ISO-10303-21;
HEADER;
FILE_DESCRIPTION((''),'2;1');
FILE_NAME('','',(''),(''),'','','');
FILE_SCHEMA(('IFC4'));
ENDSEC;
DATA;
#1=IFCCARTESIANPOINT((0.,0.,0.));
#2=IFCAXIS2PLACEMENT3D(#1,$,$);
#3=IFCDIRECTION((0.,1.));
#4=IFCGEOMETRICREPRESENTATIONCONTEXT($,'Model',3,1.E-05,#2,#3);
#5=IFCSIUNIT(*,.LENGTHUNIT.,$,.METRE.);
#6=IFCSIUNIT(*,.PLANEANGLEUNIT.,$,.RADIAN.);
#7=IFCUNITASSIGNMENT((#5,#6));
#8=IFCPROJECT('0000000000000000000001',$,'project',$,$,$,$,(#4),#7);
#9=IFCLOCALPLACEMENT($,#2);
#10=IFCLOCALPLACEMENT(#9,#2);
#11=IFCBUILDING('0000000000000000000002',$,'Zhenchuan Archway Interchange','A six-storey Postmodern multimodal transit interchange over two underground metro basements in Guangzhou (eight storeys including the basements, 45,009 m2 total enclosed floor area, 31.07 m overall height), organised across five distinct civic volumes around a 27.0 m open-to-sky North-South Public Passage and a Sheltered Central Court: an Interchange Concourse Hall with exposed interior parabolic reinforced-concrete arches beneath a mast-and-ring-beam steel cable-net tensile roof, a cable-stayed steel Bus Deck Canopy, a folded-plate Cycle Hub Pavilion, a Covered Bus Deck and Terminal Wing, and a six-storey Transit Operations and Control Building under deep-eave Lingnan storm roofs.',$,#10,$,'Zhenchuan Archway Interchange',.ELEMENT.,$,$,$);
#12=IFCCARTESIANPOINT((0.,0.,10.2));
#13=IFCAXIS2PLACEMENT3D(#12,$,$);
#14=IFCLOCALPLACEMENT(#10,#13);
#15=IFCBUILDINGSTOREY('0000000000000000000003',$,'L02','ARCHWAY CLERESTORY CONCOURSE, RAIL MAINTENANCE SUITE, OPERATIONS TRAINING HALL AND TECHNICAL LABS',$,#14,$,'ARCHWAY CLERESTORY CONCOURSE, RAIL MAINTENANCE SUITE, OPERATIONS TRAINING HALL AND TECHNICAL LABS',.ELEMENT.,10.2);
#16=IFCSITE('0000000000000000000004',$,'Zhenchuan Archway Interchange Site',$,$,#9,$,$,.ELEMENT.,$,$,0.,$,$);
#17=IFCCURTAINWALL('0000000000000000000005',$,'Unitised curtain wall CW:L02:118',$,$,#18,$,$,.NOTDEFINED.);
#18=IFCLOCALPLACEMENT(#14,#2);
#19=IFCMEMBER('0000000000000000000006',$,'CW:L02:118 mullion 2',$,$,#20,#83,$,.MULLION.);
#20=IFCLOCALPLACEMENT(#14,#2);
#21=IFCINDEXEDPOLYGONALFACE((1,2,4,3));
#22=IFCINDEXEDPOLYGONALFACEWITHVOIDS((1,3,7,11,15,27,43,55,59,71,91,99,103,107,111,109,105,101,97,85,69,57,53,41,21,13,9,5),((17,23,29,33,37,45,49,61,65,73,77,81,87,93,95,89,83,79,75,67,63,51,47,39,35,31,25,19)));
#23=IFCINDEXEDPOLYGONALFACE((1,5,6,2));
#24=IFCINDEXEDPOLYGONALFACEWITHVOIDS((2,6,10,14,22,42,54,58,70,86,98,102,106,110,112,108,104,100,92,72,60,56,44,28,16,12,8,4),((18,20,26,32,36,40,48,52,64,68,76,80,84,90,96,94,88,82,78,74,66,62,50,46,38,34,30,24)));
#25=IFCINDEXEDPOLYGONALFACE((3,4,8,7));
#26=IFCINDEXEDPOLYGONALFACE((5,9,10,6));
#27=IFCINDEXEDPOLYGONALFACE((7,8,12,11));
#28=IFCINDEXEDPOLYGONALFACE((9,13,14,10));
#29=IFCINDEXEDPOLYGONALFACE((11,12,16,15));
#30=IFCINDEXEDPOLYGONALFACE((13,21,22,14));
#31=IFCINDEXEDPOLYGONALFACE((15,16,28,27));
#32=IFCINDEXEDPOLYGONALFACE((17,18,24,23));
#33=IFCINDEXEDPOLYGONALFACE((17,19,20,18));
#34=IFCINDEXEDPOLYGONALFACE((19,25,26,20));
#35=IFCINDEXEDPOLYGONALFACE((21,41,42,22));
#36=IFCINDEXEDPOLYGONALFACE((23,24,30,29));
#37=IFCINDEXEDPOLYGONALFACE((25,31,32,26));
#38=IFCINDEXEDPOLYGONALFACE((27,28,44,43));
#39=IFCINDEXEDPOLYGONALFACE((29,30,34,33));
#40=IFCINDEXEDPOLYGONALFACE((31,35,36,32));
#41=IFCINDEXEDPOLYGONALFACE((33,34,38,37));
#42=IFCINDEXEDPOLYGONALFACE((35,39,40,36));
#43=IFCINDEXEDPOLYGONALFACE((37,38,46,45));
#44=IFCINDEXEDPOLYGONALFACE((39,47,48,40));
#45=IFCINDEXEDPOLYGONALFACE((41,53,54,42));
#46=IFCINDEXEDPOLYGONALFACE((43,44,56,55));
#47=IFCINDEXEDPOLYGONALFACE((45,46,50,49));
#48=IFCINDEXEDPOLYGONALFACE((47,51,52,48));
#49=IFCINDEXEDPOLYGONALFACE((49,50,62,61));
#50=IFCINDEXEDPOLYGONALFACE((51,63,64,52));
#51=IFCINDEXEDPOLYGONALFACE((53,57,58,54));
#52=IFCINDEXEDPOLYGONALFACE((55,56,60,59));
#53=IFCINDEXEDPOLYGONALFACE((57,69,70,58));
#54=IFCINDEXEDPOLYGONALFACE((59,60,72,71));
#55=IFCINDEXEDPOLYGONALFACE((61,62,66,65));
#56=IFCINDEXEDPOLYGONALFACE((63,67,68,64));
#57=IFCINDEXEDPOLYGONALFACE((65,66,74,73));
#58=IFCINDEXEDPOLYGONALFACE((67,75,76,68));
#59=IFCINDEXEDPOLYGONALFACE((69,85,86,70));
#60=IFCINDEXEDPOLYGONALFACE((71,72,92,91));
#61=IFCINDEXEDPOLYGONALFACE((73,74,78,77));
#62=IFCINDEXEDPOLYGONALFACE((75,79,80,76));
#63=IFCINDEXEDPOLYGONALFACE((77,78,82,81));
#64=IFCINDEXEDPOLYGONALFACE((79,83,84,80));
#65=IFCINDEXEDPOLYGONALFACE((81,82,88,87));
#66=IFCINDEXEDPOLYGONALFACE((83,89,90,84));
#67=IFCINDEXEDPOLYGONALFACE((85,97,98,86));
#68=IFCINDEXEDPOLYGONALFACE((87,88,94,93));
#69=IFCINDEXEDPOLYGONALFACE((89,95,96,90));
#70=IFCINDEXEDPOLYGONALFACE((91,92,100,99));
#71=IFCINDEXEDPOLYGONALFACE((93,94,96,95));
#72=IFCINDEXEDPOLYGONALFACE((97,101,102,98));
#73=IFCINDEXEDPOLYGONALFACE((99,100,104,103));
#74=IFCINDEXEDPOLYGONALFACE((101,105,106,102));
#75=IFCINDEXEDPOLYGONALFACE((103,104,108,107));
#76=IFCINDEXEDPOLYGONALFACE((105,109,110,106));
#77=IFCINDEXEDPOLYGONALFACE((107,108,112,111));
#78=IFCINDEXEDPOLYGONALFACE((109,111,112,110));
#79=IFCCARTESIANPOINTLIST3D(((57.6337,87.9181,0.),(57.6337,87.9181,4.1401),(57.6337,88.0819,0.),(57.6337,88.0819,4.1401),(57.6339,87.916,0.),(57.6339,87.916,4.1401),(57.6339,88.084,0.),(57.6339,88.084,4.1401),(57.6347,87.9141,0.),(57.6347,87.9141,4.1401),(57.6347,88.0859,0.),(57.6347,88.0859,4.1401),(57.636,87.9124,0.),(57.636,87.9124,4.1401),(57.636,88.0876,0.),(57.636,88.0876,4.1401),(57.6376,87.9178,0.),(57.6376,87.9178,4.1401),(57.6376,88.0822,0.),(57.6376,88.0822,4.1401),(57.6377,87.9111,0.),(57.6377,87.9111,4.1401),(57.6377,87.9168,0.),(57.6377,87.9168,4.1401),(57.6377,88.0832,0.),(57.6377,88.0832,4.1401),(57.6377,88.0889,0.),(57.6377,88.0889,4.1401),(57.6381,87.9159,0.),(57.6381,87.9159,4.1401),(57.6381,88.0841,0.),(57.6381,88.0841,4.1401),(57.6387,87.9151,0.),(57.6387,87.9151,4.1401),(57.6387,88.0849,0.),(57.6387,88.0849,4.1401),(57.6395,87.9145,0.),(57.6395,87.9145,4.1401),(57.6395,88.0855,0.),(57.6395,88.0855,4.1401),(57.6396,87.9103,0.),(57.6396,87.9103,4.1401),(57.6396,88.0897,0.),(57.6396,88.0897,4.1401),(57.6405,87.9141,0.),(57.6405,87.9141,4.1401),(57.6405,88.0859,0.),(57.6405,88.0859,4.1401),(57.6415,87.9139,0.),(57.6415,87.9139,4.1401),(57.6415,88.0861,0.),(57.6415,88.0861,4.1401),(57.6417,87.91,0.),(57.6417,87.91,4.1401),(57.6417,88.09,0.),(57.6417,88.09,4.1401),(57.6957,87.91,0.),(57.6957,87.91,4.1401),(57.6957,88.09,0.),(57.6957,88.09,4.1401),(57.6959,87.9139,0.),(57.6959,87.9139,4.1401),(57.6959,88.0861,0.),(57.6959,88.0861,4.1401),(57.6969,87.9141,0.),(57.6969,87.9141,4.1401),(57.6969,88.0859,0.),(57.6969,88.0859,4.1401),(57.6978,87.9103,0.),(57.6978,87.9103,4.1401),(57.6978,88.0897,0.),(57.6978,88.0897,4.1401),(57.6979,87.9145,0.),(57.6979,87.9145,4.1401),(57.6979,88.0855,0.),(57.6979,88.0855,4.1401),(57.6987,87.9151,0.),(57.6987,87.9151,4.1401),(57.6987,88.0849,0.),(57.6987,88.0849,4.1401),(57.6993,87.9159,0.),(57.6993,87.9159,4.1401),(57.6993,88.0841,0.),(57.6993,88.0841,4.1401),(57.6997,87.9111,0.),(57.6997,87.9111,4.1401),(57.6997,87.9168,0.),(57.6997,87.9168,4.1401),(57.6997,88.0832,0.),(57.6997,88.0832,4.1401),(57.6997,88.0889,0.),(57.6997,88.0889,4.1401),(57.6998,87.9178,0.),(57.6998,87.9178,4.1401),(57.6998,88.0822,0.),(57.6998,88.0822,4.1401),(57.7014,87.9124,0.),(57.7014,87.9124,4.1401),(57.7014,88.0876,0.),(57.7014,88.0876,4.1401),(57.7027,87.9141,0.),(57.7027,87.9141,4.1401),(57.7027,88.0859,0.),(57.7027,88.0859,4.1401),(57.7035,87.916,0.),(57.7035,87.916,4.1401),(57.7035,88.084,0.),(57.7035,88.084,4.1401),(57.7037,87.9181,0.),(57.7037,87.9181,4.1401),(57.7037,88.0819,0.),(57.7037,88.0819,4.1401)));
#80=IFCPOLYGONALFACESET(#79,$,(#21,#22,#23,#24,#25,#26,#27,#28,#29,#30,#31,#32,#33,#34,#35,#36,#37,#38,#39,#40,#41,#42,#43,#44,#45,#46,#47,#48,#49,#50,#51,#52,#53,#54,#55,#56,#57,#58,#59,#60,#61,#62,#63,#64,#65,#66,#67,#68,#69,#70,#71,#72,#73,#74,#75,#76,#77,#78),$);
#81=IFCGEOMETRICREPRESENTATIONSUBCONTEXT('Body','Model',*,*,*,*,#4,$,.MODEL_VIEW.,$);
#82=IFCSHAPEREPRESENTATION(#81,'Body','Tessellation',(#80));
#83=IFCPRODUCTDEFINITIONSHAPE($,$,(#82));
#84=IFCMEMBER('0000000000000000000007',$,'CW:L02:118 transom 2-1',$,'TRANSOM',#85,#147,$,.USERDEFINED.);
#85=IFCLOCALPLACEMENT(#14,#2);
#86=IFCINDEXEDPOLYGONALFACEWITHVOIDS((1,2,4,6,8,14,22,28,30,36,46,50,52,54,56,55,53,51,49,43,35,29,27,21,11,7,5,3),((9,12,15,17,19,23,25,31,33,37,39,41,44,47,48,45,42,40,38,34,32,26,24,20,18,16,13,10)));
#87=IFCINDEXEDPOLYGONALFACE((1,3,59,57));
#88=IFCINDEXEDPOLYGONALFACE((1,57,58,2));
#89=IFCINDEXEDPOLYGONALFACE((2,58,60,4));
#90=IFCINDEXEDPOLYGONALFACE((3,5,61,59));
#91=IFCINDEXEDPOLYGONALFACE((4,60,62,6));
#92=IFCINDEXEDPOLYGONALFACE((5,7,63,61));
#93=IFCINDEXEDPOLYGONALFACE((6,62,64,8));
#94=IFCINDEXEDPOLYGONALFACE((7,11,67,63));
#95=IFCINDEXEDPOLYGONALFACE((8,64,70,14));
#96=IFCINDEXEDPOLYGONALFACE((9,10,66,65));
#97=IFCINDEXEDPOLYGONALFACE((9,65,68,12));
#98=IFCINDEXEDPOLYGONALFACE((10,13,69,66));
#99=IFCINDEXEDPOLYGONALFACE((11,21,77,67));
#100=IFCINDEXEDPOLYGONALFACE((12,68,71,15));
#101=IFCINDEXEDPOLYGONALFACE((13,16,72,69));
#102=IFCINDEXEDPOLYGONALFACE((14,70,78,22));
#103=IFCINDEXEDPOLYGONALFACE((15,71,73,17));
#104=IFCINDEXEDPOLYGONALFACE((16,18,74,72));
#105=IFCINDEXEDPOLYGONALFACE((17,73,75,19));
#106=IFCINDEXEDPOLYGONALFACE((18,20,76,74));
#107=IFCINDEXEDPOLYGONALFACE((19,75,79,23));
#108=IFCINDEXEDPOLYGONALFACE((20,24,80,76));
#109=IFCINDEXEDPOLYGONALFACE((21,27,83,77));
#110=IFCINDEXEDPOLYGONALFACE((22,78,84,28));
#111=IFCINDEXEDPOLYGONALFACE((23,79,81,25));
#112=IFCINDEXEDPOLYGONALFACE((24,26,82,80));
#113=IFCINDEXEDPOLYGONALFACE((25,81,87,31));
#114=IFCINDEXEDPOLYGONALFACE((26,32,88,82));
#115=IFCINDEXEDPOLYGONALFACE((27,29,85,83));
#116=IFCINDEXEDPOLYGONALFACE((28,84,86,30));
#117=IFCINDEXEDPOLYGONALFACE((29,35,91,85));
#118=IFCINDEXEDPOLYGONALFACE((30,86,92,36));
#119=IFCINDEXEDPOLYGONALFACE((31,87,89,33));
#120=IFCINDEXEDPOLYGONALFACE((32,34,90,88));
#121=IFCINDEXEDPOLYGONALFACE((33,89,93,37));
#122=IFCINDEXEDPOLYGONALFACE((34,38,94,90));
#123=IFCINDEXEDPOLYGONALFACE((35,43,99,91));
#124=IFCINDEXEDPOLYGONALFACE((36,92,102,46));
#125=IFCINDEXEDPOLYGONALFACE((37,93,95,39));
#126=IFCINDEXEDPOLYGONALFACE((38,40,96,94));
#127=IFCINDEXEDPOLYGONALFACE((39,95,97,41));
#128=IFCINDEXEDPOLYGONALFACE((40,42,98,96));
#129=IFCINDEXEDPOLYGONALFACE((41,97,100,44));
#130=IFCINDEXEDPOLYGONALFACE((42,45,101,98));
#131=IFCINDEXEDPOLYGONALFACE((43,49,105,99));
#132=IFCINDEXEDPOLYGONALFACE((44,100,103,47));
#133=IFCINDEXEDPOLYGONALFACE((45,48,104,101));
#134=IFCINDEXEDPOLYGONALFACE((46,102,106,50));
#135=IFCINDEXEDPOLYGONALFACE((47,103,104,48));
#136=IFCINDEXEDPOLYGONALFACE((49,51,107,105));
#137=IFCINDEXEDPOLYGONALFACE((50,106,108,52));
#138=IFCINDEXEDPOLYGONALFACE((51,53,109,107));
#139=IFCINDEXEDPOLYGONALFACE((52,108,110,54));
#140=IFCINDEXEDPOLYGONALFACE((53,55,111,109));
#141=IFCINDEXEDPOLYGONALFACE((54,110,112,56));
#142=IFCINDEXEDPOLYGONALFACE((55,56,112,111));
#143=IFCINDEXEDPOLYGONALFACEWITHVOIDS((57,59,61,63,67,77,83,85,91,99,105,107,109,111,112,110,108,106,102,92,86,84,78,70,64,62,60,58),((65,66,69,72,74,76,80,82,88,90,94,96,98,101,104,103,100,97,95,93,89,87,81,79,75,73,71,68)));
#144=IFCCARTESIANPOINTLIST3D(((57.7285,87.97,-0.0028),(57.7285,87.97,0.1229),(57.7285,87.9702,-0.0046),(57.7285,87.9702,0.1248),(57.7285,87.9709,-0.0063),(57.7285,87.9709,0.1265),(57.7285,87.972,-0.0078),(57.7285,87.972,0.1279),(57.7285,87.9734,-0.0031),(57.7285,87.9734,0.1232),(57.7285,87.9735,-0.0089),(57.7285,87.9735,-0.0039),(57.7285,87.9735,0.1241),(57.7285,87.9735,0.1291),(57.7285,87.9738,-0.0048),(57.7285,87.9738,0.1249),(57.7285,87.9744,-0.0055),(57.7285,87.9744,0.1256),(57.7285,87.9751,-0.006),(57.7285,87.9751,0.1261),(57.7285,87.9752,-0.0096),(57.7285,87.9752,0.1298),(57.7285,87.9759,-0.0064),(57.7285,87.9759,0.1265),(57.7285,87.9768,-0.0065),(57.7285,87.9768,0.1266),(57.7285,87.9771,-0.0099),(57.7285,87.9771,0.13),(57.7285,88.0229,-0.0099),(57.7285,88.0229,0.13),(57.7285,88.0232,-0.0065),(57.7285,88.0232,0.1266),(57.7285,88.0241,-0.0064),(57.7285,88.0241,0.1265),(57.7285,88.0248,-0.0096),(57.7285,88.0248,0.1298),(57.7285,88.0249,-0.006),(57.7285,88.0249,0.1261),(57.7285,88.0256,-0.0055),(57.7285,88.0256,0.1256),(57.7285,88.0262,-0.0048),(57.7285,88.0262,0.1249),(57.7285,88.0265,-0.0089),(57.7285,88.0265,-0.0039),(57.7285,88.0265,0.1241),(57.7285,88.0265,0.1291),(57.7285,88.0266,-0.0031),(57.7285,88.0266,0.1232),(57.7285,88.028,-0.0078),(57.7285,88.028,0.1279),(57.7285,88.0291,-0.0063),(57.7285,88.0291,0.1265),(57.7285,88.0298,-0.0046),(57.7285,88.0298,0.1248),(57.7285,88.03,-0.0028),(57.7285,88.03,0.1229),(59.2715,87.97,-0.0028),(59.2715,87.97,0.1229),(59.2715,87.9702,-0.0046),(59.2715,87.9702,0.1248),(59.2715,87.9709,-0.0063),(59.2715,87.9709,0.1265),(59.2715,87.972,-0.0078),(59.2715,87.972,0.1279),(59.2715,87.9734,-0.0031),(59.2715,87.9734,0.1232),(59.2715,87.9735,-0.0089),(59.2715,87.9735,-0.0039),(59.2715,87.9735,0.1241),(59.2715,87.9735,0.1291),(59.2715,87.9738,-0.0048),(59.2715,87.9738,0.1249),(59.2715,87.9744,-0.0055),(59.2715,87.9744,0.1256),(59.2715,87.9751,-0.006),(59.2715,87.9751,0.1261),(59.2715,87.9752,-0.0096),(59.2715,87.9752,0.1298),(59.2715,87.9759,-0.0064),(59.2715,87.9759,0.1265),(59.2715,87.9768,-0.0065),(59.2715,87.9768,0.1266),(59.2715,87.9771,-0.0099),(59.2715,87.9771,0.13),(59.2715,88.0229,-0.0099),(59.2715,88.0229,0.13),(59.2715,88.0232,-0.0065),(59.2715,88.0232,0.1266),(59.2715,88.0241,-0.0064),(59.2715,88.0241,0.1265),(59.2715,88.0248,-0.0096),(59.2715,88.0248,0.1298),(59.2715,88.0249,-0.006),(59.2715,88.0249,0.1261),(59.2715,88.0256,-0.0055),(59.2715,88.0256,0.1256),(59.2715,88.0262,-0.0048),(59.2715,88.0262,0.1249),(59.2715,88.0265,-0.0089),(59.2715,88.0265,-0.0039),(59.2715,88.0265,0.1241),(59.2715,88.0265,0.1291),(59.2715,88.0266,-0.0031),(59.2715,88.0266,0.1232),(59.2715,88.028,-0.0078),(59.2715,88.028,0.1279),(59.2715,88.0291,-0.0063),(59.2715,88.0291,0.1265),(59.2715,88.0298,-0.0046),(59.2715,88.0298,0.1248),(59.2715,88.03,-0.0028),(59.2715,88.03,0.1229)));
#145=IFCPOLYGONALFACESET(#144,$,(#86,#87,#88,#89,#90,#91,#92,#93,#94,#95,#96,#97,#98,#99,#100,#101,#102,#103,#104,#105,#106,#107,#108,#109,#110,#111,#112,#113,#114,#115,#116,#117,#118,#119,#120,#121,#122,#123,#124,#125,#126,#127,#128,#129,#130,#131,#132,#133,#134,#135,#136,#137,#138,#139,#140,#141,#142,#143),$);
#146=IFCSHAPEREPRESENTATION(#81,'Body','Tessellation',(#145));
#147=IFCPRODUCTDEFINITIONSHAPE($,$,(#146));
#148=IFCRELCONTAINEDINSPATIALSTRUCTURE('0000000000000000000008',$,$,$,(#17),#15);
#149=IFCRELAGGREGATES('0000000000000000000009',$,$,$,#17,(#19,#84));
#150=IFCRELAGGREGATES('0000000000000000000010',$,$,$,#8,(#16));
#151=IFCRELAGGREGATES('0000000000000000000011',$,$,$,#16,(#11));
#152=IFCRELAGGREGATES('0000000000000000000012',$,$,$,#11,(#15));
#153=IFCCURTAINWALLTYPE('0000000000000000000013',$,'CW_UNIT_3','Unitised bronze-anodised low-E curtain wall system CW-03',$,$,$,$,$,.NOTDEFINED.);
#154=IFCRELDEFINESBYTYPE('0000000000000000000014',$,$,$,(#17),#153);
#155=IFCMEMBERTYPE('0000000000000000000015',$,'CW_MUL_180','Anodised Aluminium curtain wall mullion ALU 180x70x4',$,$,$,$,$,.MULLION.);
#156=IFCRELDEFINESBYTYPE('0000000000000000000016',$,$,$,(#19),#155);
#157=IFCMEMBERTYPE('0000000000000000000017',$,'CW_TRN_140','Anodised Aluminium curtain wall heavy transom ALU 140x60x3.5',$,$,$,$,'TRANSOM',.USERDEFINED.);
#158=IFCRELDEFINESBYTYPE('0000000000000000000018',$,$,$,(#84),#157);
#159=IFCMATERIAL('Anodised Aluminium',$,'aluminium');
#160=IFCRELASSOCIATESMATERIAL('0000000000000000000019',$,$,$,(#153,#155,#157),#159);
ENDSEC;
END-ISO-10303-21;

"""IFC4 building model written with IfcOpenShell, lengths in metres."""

from ifc_helpers import new_model, si_unit, direction, frame, origin, origin_2d, place, context, subcontext, project, spatial, hollow_rectangle, extrude, material, material_profile, profile_set, type_object, element, aggregate, save


model = new_model("IFC4")

# Units and contexts
model_context = context("Model", 3, precision=1e-05, world=origin(), true_north=direction((0.0, 1.0)))
body_context = subcontext(model_context, "Body", "Model", "MODEL_VIEW")
ifc_project = project(units=[si_unit("LENGTHUNIT", "METRE"), si_unit("PLANEANGLEUNIT", "RADIAN")], contexts=[model_context])

# Site, building, storey
site_placement = place(None, origin())
site = spatial("IfcSite", under=ifc_project, at=site_placement, Name="Zhenchuan Archway Interchange Site", CompositionType="ELEMENT", RefElevation=0.0)
building_placement = place(site_placement, origin())
building = spatial("IfcBuilding", under=site, at=building_placement, Name="Zhenchuan Archway Interchange", Description="A six-storey Postmodern multimodal transit interchange over two underground metro basements in Guangzhou (eight storeys including the basements, 45,009 m2 total enclosed floor area, 31.07 m overall height), organised across five distinct civic volumes around a 27.0 m open-to-sky North-South Public Passage and a Sheltered Central Court: an Interchange Concourse Hall with exposed interior parabolic reinforced-concrete arches beneath a mast-and-ring-beam steel cable-net tensile roof, a cable-stayed steel Bus Deck Canopy, a folded-plate Cycle Hub Pavilion, a Covered Bus Deck and Terminal Wing, and a six-storey Transit Operations and Control Building under deep-eave Lingnan storm roofs.", LongName="Zhenchuan Archway Interchange", CompositionType="ELEMENT")
storey_placement = place(building_placement, frame((0.0, 0.0, 10.2)))
storey = spatial("IfcBuildingStorey", under=building, at=storey_placement, Name="L02", Description="ARCHWAY CLERESTORY CONCOURSE, RAIL MAINTENANCE SUITE, OPERATIONS TRAINING HALL AND TECHNICAL LABS", LongName="ARCHWAY CLERESTORY CONCOURSE, RAIL MAINTENANCE SUITE, OPERATIONS TRAINING HALL AND TECHNICAL LABS", CompositionType="ELEMENT", Elevation=10.2)

# Curtain wall, members
ifc_material_1 = material(Name="Anodised Aluminium", Category="aluminium")
curtain_wall_type = type_object("IfcCurtainWallType", Name="CW_UNIT_3", Description="Unitised bronze-anodised low-E curtain wall system CW-03", PredefinedType="NOTDEFINED", material=ifc_material_1)
curtain_wall_placement = place(storey_placement, origin())
curtain_wall = element("IfcCurtainWall", 1, at=curtain_wall_placement, inside=storey, type_object=curtain_wall_type, Name="Unitised curtain wall CW:L02:118", PredefinedType="NOTDEFINED")
ifc_material_profile_1 = material_profile(ifc_material_1, hollow_rectangle(XDim=0.0701, YDim=0.1799, WallThickness=0.0039, InnerFilletRadius=0.0039, OuterFilletRadius=0.0081, at=origin_2d()), Name="ALU 180x70x4")
ifc_profile_set_1 = profile_set([ifc_material_profile_1], Name="Anodised Aluminium")
member_type_1 = type_object("IfcMemberType", Name="CW_MUL_180", Description="Anodised Aluminium curtain wall mullion ALU 180x70x4", PredefinedType="MULLION", material=ifc_profile_set_1)
member_1_placement = place(storey_placement, frame((57.6687, 88.0, 0.0), z_axis=(0.0, 0.0, 1.0), x_axis=(1.0, 0.0, 0.0)))
member_1 = element("IfcMember", 2, at=member_1_placement, type_object=member_type_1, Name="CW:L02:118 mullion 2", PredefinedType="MULLION", context=body_context, shape_type="SweptSolid", body=[
    extrude(hollow_rectangle(XDim=0.0701, YDim=0.1799, WallThickness=0.0039, InnerFilletRadius=0.0039, OuterFilletRadius=0.0081, at=origin_2d()), origin(), (0.0, 0.0, 1.0), 4.1401),
])
ifc_material_profile_2 = material_profile(ifc_material_1, hollow_rectangle(XDim=0.0601, YDim=0.1399, WallThickness=0.0034, InnerFilletRadius=0.0034, OuterFilletRadius=0.0071, at=origin_2d()), Name="ALU 140x60x3.5")
ifc_profile_set_2 = profile_set([ifc_material_profile_2], Name="Anodised Aluminium")
member_type_2 = type_object("IfcMemberType", Name="CW_TRN_140", Description="Anodised Aluminium curtain wall heavy transom ALU 140x60x3.5", ElementType="TRANSOM", PredefinedType="USERDEFINED", material=ifc_profile_set_2)
member_2_placement = place(storey_placement, frame((57.7285, 88.0, 0.0601), z_axis=(1.0, 0.0, 0.0), x_axis=(0.0, 1.0, 0.0)))
member_2 = element("IfcMember", 3, at=member_2_placement, type_object=member_type_2, Name="CW:L02:118 transom 2-1", ObjectType="TRANSOM", PredefinedType="USERDEFINED", context=body_context, shape_type="SweptSolid", body=[
    extrude(hollow_rectangle(XDim=0.0601, YDim=0.1399, WallThickness=0.0034, InnerFilletRadius=0.0034, OuterFilletRadius=0.0071, at=origin_2d()), origin(), (0.0, 0.0, 1.0), 1.543),
])

aggregate(curtain_wall, [member_1, member_2])

save(model, "model.ifc")
